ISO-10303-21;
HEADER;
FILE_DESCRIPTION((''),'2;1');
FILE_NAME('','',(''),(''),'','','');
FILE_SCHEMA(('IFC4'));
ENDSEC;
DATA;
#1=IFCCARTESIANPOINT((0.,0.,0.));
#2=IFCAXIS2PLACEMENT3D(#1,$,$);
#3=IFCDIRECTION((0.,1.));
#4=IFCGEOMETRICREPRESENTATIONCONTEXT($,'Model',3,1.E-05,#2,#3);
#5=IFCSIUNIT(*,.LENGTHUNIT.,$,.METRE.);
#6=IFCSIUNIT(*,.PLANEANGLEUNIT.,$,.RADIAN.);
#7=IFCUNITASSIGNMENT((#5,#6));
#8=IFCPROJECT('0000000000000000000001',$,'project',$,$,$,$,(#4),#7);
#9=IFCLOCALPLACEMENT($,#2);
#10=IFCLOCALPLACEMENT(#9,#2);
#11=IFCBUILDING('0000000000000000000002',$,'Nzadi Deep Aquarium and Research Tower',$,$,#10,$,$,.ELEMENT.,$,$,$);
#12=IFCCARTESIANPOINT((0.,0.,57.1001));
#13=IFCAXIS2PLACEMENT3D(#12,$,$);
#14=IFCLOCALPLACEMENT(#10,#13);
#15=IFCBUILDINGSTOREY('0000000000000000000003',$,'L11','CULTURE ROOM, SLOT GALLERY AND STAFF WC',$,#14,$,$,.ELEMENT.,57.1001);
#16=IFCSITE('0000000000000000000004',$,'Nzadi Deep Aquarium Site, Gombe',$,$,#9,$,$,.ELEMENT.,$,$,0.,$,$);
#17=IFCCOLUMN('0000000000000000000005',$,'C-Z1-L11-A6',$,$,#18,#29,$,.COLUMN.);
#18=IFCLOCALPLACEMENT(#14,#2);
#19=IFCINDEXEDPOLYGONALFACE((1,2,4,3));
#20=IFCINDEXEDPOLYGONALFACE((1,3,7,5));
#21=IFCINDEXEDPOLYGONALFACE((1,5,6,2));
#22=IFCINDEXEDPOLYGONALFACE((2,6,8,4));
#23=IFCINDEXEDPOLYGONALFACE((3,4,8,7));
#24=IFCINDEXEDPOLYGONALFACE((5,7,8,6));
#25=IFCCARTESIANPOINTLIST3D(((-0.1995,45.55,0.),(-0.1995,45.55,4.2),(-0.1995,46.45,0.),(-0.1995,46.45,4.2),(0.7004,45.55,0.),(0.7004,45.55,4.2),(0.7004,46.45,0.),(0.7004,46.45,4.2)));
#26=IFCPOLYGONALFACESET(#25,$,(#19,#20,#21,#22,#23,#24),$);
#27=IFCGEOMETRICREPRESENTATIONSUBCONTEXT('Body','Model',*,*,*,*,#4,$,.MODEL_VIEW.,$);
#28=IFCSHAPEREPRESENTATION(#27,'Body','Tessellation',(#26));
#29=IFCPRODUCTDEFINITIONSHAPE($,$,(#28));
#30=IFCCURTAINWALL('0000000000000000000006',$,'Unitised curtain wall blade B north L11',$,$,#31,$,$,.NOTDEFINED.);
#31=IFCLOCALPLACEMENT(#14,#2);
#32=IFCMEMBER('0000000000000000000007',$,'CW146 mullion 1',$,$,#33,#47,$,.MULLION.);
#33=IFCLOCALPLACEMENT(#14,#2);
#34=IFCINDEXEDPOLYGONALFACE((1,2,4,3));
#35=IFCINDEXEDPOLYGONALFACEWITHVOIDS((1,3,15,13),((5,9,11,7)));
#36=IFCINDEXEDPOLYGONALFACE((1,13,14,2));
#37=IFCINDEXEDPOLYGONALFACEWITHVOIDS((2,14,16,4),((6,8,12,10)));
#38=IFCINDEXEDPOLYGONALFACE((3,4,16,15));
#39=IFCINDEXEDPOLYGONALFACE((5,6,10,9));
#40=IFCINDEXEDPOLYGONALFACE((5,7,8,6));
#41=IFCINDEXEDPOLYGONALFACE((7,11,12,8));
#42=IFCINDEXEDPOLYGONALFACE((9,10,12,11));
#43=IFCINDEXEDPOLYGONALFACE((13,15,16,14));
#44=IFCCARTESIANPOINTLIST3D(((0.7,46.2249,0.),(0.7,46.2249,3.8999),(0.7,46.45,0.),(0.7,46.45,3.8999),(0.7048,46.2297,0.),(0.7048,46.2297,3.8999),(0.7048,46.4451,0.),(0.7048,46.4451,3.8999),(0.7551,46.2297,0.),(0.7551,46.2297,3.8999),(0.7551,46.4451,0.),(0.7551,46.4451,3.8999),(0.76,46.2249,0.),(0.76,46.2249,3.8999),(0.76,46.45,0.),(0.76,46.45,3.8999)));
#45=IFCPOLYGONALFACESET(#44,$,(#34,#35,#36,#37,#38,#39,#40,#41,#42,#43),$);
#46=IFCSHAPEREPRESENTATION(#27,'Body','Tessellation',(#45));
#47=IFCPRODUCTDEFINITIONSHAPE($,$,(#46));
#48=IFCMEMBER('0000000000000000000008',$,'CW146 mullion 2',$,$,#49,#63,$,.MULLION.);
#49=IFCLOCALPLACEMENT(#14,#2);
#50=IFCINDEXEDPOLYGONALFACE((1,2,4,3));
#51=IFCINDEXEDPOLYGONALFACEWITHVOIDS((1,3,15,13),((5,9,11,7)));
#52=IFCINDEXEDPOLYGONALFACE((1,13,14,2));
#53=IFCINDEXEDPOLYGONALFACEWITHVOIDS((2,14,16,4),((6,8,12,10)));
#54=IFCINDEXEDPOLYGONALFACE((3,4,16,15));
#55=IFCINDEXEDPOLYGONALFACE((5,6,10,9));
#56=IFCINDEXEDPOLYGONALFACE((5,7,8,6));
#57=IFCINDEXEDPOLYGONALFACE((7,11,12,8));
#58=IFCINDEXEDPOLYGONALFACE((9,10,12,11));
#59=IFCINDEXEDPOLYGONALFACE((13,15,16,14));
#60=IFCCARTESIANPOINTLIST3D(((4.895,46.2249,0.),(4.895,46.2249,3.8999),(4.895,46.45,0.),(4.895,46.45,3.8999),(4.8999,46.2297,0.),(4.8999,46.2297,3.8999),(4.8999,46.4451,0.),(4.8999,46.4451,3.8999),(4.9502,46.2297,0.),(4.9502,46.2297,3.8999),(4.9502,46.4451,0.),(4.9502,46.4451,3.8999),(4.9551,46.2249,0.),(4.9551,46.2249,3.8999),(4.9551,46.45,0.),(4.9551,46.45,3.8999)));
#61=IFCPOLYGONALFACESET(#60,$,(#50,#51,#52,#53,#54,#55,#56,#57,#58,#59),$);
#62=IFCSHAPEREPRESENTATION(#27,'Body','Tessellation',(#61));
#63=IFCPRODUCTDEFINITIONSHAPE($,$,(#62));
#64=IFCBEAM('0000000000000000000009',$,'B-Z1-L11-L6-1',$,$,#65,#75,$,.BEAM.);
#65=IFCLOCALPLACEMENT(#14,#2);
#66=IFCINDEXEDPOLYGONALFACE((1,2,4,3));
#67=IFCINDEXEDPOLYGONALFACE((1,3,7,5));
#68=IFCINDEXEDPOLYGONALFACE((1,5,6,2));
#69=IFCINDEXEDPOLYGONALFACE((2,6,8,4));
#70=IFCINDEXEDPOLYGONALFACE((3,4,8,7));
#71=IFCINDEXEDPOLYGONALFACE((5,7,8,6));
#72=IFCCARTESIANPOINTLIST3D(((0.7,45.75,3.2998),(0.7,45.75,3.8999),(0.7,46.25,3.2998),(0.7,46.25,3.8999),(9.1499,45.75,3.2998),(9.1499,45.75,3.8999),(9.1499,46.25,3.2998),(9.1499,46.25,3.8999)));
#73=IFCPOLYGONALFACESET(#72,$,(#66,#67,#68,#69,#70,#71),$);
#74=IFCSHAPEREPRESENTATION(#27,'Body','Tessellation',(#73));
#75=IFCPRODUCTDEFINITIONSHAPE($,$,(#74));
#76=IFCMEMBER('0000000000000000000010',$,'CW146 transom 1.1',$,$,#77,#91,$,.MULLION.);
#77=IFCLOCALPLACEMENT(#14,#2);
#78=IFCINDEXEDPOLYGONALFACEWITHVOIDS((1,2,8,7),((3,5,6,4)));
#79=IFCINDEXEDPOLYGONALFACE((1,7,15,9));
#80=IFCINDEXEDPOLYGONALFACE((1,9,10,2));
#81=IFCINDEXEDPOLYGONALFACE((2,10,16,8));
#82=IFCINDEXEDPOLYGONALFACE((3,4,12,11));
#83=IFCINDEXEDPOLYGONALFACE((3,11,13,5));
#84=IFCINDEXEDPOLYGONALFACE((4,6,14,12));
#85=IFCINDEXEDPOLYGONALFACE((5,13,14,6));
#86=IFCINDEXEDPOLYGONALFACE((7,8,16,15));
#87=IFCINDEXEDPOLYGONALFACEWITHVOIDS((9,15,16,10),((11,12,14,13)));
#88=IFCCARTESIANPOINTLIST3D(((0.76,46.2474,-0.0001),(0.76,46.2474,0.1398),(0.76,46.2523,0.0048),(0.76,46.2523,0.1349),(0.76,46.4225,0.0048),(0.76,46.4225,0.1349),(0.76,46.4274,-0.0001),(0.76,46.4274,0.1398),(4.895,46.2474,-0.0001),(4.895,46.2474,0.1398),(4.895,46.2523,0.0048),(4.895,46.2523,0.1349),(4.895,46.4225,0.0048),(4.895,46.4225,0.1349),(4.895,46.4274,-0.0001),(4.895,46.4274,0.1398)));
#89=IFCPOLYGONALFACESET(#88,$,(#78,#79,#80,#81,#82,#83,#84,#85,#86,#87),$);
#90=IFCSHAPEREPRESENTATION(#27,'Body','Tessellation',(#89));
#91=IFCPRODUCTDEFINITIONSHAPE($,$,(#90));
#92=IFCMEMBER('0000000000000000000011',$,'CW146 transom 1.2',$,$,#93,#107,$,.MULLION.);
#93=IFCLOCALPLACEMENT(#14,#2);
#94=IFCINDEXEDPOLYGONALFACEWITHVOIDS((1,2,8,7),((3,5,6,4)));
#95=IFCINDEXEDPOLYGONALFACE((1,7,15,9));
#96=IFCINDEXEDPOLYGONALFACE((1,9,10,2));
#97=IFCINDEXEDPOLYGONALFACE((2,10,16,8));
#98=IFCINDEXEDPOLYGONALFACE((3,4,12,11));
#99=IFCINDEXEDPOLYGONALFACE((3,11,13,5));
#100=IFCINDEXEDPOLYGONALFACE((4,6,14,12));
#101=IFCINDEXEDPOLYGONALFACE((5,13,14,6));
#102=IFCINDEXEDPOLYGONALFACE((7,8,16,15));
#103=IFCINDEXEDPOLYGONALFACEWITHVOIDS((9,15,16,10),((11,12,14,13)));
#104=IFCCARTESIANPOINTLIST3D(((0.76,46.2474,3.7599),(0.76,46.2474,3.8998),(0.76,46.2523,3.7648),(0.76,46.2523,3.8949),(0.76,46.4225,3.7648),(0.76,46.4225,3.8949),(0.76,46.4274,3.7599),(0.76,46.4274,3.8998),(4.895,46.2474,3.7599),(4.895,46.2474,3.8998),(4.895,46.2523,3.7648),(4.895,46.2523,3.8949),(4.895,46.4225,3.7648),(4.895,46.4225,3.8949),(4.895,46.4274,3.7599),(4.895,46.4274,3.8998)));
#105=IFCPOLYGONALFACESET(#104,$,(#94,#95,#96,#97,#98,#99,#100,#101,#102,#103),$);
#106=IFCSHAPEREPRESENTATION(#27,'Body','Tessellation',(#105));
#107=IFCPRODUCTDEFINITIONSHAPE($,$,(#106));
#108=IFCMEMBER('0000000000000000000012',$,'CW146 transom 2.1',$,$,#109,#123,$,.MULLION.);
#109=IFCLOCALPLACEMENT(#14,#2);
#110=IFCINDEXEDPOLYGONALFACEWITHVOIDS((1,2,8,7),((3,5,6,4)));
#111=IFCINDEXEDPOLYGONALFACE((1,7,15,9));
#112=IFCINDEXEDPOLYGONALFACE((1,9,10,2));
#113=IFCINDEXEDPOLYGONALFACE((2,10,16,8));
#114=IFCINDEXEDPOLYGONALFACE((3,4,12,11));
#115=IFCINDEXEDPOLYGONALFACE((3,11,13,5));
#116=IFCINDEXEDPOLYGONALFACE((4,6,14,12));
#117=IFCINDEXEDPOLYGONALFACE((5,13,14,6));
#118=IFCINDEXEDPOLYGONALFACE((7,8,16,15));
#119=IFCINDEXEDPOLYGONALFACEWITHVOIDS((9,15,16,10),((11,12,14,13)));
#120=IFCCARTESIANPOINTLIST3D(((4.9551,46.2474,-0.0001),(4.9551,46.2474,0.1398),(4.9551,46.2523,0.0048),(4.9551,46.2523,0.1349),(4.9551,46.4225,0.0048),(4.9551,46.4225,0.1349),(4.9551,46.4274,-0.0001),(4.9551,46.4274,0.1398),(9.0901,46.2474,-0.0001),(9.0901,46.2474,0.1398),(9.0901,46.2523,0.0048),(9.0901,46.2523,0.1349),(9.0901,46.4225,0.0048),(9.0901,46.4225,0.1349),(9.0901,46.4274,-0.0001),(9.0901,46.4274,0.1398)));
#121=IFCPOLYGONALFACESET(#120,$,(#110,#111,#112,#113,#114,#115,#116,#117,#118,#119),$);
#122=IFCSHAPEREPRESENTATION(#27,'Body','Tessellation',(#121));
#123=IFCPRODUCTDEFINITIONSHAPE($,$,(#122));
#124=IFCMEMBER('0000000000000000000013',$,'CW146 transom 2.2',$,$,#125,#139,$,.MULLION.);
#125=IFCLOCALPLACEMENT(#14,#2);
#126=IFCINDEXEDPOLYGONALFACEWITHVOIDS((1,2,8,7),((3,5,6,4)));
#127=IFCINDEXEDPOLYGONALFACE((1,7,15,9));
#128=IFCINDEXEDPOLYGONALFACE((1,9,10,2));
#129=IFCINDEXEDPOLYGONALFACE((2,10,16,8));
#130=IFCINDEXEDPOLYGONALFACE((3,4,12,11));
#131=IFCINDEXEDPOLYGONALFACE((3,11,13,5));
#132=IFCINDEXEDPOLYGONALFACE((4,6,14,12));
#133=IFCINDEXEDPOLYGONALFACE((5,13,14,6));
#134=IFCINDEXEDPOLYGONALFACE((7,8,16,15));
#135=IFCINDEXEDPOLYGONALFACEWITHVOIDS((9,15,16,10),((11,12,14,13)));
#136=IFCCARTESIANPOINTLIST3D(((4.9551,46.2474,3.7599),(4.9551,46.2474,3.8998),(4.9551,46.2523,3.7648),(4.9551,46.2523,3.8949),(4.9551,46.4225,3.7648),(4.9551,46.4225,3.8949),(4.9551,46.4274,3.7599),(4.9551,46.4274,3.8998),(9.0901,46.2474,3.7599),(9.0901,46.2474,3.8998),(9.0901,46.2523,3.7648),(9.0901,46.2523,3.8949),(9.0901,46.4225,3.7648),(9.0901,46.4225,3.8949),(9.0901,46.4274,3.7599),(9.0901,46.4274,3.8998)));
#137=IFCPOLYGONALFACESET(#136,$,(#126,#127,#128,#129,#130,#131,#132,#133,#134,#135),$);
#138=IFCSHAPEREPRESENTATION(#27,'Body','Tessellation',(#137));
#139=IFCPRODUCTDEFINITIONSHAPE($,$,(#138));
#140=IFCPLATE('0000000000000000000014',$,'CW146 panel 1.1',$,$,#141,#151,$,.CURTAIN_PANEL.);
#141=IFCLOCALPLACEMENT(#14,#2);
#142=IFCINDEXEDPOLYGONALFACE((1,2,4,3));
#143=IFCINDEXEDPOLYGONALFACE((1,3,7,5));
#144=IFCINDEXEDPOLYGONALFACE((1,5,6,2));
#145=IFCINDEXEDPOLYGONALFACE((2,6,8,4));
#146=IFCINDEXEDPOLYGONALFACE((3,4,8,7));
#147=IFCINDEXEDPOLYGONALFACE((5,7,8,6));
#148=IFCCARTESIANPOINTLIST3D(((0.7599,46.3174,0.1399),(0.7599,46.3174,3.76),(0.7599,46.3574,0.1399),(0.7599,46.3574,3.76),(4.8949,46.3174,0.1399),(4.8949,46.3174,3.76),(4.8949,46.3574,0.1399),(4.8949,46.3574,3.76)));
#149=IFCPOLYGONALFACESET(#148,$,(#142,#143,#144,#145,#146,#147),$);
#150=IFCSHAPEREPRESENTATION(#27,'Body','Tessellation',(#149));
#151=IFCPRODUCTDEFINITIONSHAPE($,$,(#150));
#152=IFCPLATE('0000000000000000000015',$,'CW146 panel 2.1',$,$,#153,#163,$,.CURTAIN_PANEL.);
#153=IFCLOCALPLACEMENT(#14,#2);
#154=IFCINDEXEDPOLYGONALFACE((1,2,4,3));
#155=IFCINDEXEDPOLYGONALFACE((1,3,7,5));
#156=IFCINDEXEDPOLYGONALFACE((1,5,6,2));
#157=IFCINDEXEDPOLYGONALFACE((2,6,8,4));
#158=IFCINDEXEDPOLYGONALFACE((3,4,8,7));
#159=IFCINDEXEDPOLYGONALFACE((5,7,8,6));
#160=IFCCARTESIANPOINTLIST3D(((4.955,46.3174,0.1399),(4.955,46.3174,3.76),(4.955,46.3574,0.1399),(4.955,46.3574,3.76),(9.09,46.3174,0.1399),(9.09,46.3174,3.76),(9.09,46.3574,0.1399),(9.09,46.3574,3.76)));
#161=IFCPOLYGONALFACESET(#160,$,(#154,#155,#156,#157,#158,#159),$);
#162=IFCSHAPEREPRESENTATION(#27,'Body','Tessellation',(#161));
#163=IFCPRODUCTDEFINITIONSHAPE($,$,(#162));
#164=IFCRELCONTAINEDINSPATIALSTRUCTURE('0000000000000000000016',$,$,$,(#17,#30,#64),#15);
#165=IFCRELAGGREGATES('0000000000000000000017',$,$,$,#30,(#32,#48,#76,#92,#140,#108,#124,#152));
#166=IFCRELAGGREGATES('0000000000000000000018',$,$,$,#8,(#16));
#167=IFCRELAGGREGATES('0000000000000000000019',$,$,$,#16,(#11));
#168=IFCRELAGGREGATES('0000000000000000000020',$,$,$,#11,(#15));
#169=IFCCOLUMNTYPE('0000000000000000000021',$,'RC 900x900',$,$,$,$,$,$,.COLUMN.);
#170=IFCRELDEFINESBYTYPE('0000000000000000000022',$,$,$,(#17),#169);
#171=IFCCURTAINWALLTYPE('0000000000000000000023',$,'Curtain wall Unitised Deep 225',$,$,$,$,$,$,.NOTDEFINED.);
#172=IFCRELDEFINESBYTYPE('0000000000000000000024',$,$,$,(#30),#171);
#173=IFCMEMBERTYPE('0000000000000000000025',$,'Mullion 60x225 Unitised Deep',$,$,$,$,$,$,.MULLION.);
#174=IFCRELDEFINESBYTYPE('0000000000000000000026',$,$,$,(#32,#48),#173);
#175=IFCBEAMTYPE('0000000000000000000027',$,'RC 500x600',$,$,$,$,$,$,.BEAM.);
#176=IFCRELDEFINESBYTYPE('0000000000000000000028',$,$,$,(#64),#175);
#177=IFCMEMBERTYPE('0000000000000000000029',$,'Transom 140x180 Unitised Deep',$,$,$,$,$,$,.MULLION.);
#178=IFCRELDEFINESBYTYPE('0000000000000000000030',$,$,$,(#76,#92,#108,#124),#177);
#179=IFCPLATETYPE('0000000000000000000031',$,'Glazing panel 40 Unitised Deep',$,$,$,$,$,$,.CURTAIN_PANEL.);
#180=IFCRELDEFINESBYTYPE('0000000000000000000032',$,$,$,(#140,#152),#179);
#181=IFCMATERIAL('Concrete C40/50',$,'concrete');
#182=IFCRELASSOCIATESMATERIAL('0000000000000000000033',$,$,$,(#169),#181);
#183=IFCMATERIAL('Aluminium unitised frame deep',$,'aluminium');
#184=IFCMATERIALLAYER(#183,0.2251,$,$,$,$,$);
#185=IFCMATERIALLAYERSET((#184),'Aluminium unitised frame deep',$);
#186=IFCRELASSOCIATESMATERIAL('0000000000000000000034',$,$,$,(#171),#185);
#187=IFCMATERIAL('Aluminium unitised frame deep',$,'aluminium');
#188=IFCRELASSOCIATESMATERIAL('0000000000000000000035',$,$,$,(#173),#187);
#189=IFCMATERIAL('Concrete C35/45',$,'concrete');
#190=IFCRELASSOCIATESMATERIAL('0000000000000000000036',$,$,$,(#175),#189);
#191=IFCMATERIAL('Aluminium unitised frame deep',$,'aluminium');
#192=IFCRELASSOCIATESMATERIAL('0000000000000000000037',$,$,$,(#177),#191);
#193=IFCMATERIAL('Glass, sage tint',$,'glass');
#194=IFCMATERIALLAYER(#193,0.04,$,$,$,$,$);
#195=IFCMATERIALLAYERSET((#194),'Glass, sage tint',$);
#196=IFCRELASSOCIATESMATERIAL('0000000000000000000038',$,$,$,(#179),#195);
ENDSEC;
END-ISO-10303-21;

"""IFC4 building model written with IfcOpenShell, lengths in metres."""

from ifc_helpers import new_model, si_unit, direction, frame, origin, origin_2d, place, context, subcontext, project, spatial, rectangle, hollow_rectangle, extrude, material, layer, layer_set, material_profile, profile_set, type_object, element, aggregate, save


model = new_model("IFC4")

# Units and contexts
model_context = context("Model", 3, precision=1e-05, world=origin(), true_north=direction((0.0, 1.0)))
body_context = subcontext(model_context, "Body", "Model", "MODEL_VIEW")
ifc_project = project(units=[si_unit("LENGTHUNIT", "METRE"), si_unit("PLANEANGLEUNIT", "RADIAN")], contexts=[model_context])

# Site, building, storey
site_placement = place(None, origin())
site = spatial("IfcSite", under=ifc_project, at=site_placement, Name="Nzadi Deep Aquarium Site, Gombe", CompositionType="ELEMENT", RefElevation=0.0)
building_placement = place(site_placement, origin())
building = spatial("IfcBuilding", under=site, at=building_placement, Name="Nzadi Deep Aquarium and Research Tower", CompositionType="ELEMENT")
storey_placement = place(building_placement, frame((0.0, 0.0, 57.1001)))
storey = spatial("IfcBuildingStorey", under=building, at=storey_placement, Name="L11", Description="CULTURE ROOM, SLOT GALLERY AND STAFF WC", CompositionType="ELEMENT", Elevation=57.1001)

# Column
ifc_material_1 = material(Name="Concrete C40/50", Category="concrete")
ifc_material_profile_1 = material_profile(ifc_material_1, rectangle(XDim=0.8999, YDim=0.8999, at=origin_2d()))
ifc_profile_set_1 = profile_set([ifc_material_profile_1], Name="Concrete C40/50")
column_type = type_object("IfcColumnType", Name="RC 900x900", PredefinedType="COLUMN", material=ifc_profile_set_1)
column_placement = place(storey_placement, frame((0.2505, 46.0, 0.0), z_axis=(0.0, 0.0, 1.0), x_axis=(1.0, 0.0, 0.0)))
element("IfcColumn", 1, at=column_placement, inside=storey, type_object=column_type, Name="C-Z1-L11-A6", PredefinedType="COLUMN", context=body_context, shape_type="SweptSolid", body=[
    extrude(rectangle(XDim=0.8999, YDim=0.8999, at=origin_2d()), origin(), (0.0, 0.0, 1.0), 4.2),
])

# Curtain wall, members
ifc_material_2 = material(Name="Aluminium unitised frame deep", Category="aluminium")
ifc_layer_1 = layer(ifc_material_2, 0.2251)
ifc_layer_set_1 = layer_set([ifc_layer_1], Name="Aluminium unitised frame deep")
curtain_wall_type = type_object("IfcCurtainWallType", Name="Curtain wall Unitised Deep 225", PredefinedType="NOTDEFINED", material=ifc_layer_set_1)
curtain_wall_placement = place(storey_placement, origin())
curtain_wall = element("IfcCurtainWall", 2, at=curtain_wall_placement, inside=storey, type_object=curtain_wall_type, Name="Unitised curtain wall blade B north L11", PredefinedType="NOTDEFINED")
ifc_material_3 = material(Name="Aluminium unitised frame deep", Category="aluminium")
ifc_material_profile_2 = material_profile(ifc_material_3, hollow_rectangle(XDim=0.2251, YDim=0.0601, WallThickness=0.0049, at=origin_2d()))
ifc_profile_set_2 = profile_set([ifc_material_profile_2], Name="Aluminium unitised frame deep")
member_type_1 = type_object("IfcMemberType", Name="Mullion 60x225 Unitised Deep", PredefinedType="MULLION", material=ifc_profile_set_2)
member_1_placement = place(storey_placement, frame((0.73, 46.3374, 0.0), z_axis=(0.0, 0.0, 1.0), x_axis=(0.0, 1.0, 0.0)))
member_1 = element("IfcMember", 3, at=member_1_placement, type_object=member_type_1, Name="CW146 mullion 1", PredefinedType="MULLION", context=body_context, shape_type="SweptSolid", body=[
    extrude(hollow_rectangle(XDim=0.2251, YDim=0.0601, WallThickness=0.0049, at=origin_2d()), origin(), (0.0, 0.0, 1.0), 3.8999),
])
member_2_placement = place(storey_placement, frame((4.925, 46.3374, 0.0), z_axis=(0.0, 0.0, 1.0), x_axis=(0.0, 1.0, 0.0)))
member_2 = element("IfcMember", 4, at=member_2_placement, type_object=member_type_1, Name="CW146 mullion 2", PredefinedType="MULLION", context=body_context, shape_type="SweptSolid", body=[
    extrude(hollow_rectangle(XDim=0.2251, YDim=0.0601, WallThickness=0.0049, at=origin_2d()), origin(), (0.0, 0.0, 1.0), 3.8999),
])

# Beam
ifc_material_4 = material(Name="Concrete C35/45", Category="concrete")
ifc_material_profile_3 = material_profile(ifc_material_4, rectangle(XDim=0.5, YDim=0.6001, at=origin_2d()))
ifc_profile_set_3 = profile_set([ifc_material_profile_3], Name="Concrete C35/45")
beam_type = type_object("IfcBeamType", Name="RC 500x600", PredefinedType="BEAM", material=ifc_profile_set_3)
beam_placement = place(storey_placement, frame((0.7, 46.0, 3.5999), z_axis=(1.0, 0.0, 0.0), x_axis=(0.0, 1.0, 0.0)))
element("IfcBeam", 5, at=beam_placement, inside=storey, type_object=beam_type, Name="B-Z1-L11-L6-1", PredefinedType="BEAM", context=body_context, shape_type="SweptSolid", body=[
    extrude(rectangle(XDim=0.5, YDim=0.6001, at=origin_2d()), origin(), (0.0, 0.0, 1.0), 8.45),
])

# Members
ifc_material_5 = material(Name="Aluminium unitised frame deep", Category="aluminium")
ifc_material_profile_4 = material_profile(ifc_material_5, hollow_rectangle(XDim=0.1799, YDim=0.1399, WallThickness=0.0049, at=origin_2d()))
ifc_profile_set_4 = profile_set([ifc_material_profile_4], Name="Aluminium unitised frame deep")
member_type_2 = type_object("IfcMemberType", Name="Transom 140x180 Unitised Deep", PredefinedType="MULLION", material=ifc_profile_set_4)
member_3_placement = place(storey_placement, frame((0.76, 46.3374, 0.0698), z_axis=(1.0, 0.0, 0.0), x_axis=(0.0, 1.0, 0.0)))
member_3 = element("IfcMember", 6, at=member_3_placement, type_object=member_type_2, Name="CW146 transom 1.1", PredefinedType="MULLION", context=body_context, shape_type="SweptSolid", body=[
    extrude(hollow_rectangle(XDim=0.1799, YDim=0.1399, WallThickness=0.0049, at=origin_2d()), origin(), (0.0, 0.0, 1.0), 4.135),
])
member_4_placement = place(storey_placement, frame((0.76, 46.3374, 3.8298), z_axis=(1.0, 0.0, 0.0), x_axis=(0.0, 1.0, 0.0)))
member_4 = element("IfcMember", 7, at=member_4_placement, type_object=member_type_2, Name="CW146 transom 1.2", PredefinedType="MULLION", context=body_context, shape_type="SweptSolid", body=[
    extrude(hollow_rectangle(XDim=0.1799, YDim=0.1399, WallThickness=0.0049, at=origin_2d()), origin(), (0.0, 0.0, 1.0), 4.135),
])
member_5_placement = place(storey_placement, frame((4.9551, 46.3374, 0.0698), z_axis=(1.0, 0.0, 0.0), x_axis=(0.0, 1.0, 0.0)))
member_5 = element("IfcMember", 8, at=member_5_placement, type_object=member_type_2, Name="CW146 transom 2.1", PredefinedType="MULLION", context=body_context, shape_type="SweptSolid", body=[
    extrude(hollow_rectangle(XDim=0.1799, YDim=0.1399, WallThickness=0.0049, at=origin_2d()), origin(), (0.0, 0.0, 1.0), 4.135),
])
member_6_placement = place(storey_placement, frame((4.9551, 46.3374, 3.8298), z_axis=(1.0, 0.0, 0.0), x_axis=(0.0, 1.0, 0.0)))
member_6 = element("IfcMember", 9, at=member_6_placement, type_object=member_type_2, Name="CW146 transom 2.2", PredefinedType="MULLION", context=body_context, shape_type="SweptSolid", body=[
    extrude(hollow_rectangle(XDim=0.1799, YDim=0.1399, WallThickness=0.0049, at=origin_2d()), origin(), (0.0, 0.0, 1.0), 4.135),
])

# Plates
ifc_material_6 = material(Name="Glass, sage tint", Category="glass")
ifc_layer_2 = layer(ifc_material_6, 0.04)
ifc_layer_set_2 = layer_set([ifc_layer_2], Name="Glass, sage tint")
plate_type = type_object("IfcPlateType", Name="Glazing panel 40 Unitised Deep", PredefinedType="CURTAIN_PANEL", material=ifc_layer_set_2)
plate_1_placement = place(storey_placement, frame((2.8274, 46.3374, 0.1399), z_axis=(0.0, 0.0, 1.0), x_axis=(1.0, 0.0, 0.0)))
plate_1 = element("IfcPlate", 10, at=plate_1_placement, type_object=plate_type, Name="CW146 panel 1.1", PredefinedType="CURTAIN_PANEL", context=body_context, shape_type="SweptSolid", body=[
    extrude(rectangle(XDim=4.135, YDim=0.04, at=origin_2d()), origin(), (0.0, 0.0, 1.0), 3.6201),
])
plate_2_placement = place(storey_placement, frame((7.0225, 46.3374, 0.1399), z_axis=(0.0, 0.0, 1.0), x_axis=(1.0, 0.0, 0.0)))
plate_2 = element("IfcPlate", 11, at=plate_2_placement, type_object=plate_type, Name="CW146 panel 2.1", PredefinedType="CURTAIN_PANEL", context=body_context, shape_type="SweptSolid", body=[
    extrude(rectangle(XDim=4.135, YDim=0.04, at=origin_2d()), origin(), (0.0, 0.0, 1.0), 3.6201),
])
aggregate(curtain_wall, [member_1, member_2, member_3, member_4, plate_1, member_5, member_6, plate_2])

save(model, "model.ifc")
